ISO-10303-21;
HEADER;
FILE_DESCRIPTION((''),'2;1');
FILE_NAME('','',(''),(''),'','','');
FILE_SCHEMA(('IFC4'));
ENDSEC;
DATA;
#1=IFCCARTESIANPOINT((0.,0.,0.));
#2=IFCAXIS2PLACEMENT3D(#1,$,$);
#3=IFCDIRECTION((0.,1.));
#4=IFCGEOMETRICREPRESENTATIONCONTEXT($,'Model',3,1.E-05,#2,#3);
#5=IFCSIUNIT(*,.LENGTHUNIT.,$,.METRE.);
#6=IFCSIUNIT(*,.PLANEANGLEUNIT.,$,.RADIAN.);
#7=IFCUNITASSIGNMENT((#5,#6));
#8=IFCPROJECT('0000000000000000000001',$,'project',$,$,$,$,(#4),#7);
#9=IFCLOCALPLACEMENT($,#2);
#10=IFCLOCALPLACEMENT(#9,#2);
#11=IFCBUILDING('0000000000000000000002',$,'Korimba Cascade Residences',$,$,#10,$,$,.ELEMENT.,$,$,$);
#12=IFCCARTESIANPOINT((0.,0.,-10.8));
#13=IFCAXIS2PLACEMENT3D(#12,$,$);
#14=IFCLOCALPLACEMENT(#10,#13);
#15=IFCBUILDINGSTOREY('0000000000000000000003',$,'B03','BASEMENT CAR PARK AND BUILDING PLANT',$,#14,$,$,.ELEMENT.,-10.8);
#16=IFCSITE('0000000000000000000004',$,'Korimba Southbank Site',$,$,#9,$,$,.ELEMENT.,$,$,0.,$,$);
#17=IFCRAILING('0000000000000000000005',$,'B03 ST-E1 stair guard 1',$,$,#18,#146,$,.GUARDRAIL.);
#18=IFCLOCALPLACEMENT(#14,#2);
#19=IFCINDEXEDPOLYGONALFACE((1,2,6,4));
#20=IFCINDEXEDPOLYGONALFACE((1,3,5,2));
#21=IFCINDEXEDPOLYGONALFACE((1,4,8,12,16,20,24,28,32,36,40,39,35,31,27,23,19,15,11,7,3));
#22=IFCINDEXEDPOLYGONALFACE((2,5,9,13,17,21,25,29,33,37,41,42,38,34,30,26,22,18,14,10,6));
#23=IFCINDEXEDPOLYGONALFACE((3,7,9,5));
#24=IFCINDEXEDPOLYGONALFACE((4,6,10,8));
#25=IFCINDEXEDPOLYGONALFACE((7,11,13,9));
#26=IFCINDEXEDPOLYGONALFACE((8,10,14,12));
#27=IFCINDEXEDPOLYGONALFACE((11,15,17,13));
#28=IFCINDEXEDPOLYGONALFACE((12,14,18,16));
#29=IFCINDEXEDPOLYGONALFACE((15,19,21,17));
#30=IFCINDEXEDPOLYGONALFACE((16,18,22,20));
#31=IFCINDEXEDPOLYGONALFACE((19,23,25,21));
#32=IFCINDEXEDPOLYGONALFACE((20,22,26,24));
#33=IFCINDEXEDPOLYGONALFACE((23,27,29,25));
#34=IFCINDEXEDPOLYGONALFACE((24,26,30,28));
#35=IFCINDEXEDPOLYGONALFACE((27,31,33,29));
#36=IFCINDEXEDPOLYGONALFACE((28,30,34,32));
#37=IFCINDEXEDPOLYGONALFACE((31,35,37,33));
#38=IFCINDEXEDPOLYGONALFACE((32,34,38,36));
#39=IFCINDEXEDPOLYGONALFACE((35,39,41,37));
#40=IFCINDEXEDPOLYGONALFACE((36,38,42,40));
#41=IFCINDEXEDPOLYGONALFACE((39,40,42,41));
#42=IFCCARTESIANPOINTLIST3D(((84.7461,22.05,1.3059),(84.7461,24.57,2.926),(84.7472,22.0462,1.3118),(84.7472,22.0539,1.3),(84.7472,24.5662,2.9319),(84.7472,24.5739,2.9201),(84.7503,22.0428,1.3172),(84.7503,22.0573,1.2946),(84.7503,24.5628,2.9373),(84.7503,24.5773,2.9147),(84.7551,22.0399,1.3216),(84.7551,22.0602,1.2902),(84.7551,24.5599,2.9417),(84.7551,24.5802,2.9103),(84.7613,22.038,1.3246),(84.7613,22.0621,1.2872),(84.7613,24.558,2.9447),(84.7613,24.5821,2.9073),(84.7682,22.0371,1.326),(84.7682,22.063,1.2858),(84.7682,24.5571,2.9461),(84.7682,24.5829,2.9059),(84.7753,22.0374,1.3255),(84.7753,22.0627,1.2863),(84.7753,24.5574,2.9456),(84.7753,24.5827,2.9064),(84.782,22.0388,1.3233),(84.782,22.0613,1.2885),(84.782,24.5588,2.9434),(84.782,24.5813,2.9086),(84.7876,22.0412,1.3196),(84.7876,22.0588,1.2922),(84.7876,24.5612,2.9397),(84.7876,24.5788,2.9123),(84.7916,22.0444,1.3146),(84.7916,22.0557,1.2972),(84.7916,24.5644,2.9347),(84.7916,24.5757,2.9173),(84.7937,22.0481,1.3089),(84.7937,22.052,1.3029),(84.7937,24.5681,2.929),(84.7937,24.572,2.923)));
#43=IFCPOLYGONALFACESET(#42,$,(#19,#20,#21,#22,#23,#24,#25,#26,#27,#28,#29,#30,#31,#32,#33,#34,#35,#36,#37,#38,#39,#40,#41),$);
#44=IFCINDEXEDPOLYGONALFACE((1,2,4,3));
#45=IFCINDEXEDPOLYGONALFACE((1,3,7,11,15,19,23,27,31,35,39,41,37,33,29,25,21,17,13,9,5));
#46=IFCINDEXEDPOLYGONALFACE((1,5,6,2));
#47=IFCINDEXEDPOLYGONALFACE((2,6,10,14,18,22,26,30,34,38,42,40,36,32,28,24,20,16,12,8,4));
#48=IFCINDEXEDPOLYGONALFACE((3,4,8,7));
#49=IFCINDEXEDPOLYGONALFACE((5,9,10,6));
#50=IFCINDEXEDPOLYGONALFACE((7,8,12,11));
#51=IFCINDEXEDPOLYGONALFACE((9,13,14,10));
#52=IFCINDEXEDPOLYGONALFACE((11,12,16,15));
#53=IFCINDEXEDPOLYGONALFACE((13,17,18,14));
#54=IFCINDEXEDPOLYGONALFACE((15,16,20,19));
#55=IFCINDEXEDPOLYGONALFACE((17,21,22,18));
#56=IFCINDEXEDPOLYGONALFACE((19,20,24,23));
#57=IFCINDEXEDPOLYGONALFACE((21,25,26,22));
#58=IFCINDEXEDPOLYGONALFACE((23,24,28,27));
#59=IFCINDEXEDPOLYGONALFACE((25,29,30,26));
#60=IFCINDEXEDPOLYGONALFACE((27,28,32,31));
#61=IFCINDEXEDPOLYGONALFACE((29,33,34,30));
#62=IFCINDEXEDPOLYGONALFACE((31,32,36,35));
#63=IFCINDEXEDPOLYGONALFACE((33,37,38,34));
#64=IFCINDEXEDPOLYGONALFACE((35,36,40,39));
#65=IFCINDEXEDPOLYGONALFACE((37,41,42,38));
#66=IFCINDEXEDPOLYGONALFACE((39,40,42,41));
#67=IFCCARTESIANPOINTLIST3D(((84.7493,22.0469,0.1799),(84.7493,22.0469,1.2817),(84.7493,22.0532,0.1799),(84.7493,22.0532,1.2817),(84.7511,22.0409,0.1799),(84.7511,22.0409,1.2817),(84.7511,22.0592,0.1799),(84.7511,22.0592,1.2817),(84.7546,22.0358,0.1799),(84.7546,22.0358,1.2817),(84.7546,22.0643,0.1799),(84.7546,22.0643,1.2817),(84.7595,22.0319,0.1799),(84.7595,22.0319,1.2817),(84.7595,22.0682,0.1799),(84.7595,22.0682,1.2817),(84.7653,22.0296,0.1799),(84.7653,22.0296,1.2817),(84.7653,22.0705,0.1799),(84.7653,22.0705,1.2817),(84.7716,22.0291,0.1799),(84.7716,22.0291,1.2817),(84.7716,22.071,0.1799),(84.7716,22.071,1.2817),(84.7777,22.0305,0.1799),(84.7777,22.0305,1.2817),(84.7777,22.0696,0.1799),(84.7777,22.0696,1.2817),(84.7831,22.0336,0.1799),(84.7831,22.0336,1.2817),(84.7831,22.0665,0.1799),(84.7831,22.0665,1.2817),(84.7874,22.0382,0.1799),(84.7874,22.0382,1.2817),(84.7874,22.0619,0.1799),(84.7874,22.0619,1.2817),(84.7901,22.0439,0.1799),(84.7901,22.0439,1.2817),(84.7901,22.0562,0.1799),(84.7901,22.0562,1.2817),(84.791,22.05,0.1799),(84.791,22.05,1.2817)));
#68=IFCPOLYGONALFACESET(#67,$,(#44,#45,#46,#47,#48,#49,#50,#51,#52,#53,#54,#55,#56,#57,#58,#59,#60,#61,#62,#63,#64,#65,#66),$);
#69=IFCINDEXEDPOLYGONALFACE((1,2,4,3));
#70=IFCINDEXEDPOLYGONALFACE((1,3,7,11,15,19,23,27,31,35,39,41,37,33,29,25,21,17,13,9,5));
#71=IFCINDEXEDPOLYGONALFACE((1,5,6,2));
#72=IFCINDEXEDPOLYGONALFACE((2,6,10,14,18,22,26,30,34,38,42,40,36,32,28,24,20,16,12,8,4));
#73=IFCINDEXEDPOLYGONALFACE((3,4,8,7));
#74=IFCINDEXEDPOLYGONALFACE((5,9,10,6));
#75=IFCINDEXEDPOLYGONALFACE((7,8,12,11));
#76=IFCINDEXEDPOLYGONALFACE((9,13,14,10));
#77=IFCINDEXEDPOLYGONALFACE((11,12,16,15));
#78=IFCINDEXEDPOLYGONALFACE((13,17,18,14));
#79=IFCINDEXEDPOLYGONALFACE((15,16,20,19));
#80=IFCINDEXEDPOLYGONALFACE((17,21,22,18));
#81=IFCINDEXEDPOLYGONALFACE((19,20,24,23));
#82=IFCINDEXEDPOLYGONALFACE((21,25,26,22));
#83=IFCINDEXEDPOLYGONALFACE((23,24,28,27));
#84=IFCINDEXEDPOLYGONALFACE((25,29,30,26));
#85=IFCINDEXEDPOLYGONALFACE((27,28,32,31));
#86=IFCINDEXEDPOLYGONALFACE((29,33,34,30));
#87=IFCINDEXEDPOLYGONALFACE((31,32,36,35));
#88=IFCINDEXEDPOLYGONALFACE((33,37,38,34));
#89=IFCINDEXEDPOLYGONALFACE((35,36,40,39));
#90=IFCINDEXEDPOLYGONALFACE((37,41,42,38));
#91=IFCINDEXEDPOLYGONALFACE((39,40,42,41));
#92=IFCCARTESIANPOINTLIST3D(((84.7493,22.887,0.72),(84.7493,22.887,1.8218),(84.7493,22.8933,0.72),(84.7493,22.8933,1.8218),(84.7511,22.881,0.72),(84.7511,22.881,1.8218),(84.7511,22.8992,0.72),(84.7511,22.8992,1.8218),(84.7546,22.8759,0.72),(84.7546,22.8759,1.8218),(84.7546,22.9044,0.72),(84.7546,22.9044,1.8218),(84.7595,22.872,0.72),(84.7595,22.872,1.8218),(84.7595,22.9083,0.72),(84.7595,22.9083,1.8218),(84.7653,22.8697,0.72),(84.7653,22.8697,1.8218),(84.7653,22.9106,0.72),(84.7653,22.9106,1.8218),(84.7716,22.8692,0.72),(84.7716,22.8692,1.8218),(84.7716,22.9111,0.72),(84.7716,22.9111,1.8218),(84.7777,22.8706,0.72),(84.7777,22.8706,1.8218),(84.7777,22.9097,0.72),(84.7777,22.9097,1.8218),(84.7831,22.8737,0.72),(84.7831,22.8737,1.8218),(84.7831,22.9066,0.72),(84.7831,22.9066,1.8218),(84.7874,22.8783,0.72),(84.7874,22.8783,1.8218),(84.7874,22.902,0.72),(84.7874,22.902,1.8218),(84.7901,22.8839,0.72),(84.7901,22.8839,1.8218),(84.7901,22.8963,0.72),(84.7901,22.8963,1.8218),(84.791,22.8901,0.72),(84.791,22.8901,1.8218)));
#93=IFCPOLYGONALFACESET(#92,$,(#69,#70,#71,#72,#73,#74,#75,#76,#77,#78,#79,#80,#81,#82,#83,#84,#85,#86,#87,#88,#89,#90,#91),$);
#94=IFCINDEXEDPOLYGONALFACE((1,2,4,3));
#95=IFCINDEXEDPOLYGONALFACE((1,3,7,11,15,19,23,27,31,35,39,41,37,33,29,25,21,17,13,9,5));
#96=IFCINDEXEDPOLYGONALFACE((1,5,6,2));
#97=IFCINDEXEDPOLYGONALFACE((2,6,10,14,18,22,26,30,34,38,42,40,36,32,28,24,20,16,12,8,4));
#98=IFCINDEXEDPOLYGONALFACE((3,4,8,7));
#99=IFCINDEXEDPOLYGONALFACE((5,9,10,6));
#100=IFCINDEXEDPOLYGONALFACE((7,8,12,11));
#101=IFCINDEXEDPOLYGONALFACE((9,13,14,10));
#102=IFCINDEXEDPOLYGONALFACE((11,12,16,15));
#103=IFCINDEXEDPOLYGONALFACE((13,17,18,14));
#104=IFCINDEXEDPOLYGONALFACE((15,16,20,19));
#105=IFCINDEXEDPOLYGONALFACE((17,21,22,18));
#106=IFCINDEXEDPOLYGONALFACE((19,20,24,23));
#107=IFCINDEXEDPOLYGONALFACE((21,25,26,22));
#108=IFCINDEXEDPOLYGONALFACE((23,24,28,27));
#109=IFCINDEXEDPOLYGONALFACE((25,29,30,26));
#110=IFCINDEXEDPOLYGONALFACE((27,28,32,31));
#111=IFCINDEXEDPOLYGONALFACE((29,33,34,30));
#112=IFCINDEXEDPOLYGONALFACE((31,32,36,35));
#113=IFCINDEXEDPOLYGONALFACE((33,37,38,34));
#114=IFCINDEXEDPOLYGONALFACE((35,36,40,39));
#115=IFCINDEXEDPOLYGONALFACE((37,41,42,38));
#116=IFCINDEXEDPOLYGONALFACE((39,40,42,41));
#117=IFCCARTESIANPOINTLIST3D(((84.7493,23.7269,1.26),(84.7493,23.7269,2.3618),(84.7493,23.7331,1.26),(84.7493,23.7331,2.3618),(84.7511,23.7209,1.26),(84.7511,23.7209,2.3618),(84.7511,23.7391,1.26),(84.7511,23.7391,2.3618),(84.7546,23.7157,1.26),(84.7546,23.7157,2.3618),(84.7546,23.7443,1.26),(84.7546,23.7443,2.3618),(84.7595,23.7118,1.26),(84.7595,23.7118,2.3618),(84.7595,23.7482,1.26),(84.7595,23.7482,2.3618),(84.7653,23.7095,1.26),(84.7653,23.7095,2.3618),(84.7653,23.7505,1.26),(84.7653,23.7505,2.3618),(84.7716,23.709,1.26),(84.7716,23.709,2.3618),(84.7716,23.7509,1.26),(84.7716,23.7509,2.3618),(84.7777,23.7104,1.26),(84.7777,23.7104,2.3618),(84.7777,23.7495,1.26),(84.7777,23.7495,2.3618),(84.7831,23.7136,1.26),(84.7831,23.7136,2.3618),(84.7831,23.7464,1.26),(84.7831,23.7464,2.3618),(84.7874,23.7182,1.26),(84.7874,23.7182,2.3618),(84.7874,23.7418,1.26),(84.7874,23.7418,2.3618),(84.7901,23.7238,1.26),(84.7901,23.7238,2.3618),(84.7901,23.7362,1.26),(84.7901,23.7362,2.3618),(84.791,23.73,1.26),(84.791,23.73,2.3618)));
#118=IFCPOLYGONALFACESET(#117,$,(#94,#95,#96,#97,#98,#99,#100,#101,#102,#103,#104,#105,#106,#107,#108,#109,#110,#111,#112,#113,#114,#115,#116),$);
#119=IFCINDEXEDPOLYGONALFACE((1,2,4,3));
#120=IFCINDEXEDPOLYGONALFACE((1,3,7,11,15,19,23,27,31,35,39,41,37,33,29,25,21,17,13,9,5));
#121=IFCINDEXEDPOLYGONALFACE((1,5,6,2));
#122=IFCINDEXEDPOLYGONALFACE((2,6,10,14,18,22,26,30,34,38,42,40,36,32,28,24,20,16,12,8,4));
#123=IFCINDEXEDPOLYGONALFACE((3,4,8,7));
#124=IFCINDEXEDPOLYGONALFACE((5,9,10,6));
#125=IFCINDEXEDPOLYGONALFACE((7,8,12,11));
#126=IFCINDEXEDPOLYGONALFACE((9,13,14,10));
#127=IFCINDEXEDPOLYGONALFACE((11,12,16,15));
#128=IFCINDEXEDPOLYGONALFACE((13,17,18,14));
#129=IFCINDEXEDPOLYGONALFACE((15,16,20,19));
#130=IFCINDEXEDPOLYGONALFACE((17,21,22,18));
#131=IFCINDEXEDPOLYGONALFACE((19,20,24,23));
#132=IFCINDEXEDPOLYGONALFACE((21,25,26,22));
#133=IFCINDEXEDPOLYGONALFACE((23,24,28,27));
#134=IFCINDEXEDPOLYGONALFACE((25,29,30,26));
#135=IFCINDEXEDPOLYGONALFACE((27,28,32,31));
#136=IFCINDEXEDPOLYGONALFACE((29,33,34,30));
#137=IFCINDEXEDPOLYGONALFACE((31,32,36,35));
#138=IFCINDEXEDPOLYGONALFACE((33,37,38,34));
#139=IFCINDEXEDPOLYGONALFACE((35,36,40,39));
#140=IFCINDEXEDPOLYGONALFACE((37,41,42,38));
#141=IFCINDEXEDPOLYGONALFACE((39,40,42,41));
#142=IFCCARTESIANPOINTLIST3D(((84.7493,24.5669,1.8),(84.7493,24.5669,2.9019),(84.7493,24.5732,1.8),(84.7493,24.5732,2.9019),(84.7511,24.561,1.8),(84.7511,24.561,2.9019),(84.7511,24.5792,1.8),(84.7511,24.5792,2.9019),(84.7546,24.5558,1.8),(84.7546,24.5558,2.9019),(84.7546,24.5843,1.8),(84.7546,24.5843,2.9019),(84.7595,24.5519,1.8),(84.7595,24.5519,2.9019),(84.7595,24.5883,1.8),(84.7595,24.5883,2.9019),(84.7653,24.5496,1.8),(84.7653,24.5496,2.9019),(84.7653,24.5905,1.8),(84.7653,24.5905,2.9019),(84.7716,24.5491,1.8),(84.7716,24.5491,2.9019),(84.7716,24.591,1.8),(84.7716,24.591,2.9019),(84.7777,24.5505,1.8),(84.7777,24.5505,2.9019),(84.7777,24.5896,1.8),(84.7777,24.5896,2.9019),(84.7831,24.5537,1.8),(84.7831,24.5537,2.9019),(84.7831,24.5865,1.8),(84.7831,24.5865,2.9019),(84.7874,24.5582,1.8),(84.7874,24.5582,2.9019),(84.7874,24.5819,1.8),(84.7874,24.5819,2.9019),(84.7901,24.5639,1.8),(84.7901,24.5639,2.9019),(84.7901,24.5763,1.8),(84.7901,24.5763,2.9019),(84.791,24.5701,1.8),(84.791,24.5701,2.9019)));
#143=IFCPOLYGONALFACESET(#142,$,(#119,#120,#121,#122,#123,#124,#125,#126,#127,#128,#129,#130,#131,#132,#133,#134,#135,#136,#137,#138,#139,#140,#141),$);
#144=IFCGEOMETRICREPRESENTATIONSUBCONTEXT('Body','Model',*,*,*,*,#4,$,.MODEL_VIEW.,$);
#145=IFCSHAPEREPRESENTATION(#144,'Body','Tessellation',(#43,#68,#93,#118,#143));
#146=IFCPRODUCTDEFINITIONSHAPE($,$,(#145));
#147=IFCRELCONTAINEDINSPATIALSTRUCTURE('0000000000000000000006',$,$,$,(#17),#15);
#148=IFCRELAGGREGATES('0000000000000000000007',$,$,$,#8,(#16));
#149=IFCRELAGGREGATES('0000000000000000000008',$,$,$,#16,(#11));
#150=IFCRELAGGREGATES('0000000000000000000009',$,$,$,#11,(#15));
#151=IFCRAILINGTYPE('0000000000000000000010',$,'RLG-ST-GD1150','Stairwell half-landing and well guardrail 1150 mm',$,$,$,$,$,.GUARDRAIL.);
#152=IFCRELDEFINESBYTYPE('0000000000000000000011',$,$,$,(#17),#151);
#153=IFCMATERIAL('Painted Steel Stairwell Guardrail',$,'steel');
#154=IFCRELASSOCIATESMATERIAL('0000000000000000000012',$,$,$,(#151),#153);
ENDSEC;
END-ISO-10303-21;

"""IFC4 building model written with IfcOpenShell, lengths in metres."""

from ifc_helpers import new_model, si_unit, direction, frame, origin, origin_2d, place, context, subcontext, project, spatial, circle, extrude, material, type_object, element, save


model = new_model("IFC4")

# Units and contexts
model_context = context("Model", 3, precision=1e-05, world=origin(), true_north=direction((0.0, 1.0)))
body_context = subcontext(model_context, "Body", "Model", "MODEL_VIEW")
ifc_project = project(units=[si_unit("LENGTHUNIT", "METRE"), si_unit("PLANEANGLEUNIT", "RADIAN")], contexts=[model_context])

# Site, building, storey
site_placement = place(None, origin())
site = spatial("IfcSite", under=ifc_project, at=site_placement, Name="Korimba Southbank Site", CompositionType="ELEMENT", RefElevation=0.0)
building_placement = place(site_placement, origin())
building = spatial("IfcBuilding", under=site, at=building_placement, Name="Korimba Cascade Residences", CompositionType="ELEMENT")
storey_placement = place(building_placement, frame((0.0, 0.0, -10.8)))
storey = spatial("IfcBuildingStorey", under=building, at=storey_placement, Name="B03", Description="BASEMENT CAR PARK AND BUILDING PLANT", CompositionType="ELEMENT", Elevation=-10.8)

# Railing
ifc_material_1 = material(Name="Painted Steel Stairwell Guardrail", Category="steel")
railing_type_1 = type_object("IfcRailingType", Name="RLG-ST-GD1150", Description="Stairwell half-landing and well guardrail 1150 mm", PredefinedType="GUARDRAIL", material=ifc_material_1)
railing_1_placement = place(storey_placement, frame((84.77, 22.05, 0.1799)))
element("IfcRailing", 1, at=railing_1_placement, inside=storey, type_object=railing_type_1, Name="B03 ST-E1 stair guard 1", PredefinedType="GUARDRAIL", context=body_context, shape_type="SweptSolid", body=[
    extrude(circle(Radius=0.0239, at=origin_2d()), frame((0.0, 0.0, 1.126), z_axis=(0.0, 0.841163, 0.540782), x_axis=(-1.0, 0.0, 0.0)), (0.0, 0.0, 1.0), 2.9958),
    extrude(circle(Radius=0.021, at=origin_2d()), origin(), (0.0, 0.0, 1.0), 1.1018),
    extrude(circle(Radius=0.021, at=origin_2d()), frame((0.0, 0.8401, 0.54)), (0.0, 0.0, 1.0), 1.1018),
    extrude(circle(Radius=0.021, at=origin_2d()), frame((0.0, 1.6799, 1.0801)), (0.0, 0.0, 1.0), 1.1018),
    extrude(circle(Radius=0.021, at=origin_2d()), frame((0.0, 2.52, 1.6201)), (0.0, 0.0, 1.0), 1.1018),
])

save(model, "model.ifc")
